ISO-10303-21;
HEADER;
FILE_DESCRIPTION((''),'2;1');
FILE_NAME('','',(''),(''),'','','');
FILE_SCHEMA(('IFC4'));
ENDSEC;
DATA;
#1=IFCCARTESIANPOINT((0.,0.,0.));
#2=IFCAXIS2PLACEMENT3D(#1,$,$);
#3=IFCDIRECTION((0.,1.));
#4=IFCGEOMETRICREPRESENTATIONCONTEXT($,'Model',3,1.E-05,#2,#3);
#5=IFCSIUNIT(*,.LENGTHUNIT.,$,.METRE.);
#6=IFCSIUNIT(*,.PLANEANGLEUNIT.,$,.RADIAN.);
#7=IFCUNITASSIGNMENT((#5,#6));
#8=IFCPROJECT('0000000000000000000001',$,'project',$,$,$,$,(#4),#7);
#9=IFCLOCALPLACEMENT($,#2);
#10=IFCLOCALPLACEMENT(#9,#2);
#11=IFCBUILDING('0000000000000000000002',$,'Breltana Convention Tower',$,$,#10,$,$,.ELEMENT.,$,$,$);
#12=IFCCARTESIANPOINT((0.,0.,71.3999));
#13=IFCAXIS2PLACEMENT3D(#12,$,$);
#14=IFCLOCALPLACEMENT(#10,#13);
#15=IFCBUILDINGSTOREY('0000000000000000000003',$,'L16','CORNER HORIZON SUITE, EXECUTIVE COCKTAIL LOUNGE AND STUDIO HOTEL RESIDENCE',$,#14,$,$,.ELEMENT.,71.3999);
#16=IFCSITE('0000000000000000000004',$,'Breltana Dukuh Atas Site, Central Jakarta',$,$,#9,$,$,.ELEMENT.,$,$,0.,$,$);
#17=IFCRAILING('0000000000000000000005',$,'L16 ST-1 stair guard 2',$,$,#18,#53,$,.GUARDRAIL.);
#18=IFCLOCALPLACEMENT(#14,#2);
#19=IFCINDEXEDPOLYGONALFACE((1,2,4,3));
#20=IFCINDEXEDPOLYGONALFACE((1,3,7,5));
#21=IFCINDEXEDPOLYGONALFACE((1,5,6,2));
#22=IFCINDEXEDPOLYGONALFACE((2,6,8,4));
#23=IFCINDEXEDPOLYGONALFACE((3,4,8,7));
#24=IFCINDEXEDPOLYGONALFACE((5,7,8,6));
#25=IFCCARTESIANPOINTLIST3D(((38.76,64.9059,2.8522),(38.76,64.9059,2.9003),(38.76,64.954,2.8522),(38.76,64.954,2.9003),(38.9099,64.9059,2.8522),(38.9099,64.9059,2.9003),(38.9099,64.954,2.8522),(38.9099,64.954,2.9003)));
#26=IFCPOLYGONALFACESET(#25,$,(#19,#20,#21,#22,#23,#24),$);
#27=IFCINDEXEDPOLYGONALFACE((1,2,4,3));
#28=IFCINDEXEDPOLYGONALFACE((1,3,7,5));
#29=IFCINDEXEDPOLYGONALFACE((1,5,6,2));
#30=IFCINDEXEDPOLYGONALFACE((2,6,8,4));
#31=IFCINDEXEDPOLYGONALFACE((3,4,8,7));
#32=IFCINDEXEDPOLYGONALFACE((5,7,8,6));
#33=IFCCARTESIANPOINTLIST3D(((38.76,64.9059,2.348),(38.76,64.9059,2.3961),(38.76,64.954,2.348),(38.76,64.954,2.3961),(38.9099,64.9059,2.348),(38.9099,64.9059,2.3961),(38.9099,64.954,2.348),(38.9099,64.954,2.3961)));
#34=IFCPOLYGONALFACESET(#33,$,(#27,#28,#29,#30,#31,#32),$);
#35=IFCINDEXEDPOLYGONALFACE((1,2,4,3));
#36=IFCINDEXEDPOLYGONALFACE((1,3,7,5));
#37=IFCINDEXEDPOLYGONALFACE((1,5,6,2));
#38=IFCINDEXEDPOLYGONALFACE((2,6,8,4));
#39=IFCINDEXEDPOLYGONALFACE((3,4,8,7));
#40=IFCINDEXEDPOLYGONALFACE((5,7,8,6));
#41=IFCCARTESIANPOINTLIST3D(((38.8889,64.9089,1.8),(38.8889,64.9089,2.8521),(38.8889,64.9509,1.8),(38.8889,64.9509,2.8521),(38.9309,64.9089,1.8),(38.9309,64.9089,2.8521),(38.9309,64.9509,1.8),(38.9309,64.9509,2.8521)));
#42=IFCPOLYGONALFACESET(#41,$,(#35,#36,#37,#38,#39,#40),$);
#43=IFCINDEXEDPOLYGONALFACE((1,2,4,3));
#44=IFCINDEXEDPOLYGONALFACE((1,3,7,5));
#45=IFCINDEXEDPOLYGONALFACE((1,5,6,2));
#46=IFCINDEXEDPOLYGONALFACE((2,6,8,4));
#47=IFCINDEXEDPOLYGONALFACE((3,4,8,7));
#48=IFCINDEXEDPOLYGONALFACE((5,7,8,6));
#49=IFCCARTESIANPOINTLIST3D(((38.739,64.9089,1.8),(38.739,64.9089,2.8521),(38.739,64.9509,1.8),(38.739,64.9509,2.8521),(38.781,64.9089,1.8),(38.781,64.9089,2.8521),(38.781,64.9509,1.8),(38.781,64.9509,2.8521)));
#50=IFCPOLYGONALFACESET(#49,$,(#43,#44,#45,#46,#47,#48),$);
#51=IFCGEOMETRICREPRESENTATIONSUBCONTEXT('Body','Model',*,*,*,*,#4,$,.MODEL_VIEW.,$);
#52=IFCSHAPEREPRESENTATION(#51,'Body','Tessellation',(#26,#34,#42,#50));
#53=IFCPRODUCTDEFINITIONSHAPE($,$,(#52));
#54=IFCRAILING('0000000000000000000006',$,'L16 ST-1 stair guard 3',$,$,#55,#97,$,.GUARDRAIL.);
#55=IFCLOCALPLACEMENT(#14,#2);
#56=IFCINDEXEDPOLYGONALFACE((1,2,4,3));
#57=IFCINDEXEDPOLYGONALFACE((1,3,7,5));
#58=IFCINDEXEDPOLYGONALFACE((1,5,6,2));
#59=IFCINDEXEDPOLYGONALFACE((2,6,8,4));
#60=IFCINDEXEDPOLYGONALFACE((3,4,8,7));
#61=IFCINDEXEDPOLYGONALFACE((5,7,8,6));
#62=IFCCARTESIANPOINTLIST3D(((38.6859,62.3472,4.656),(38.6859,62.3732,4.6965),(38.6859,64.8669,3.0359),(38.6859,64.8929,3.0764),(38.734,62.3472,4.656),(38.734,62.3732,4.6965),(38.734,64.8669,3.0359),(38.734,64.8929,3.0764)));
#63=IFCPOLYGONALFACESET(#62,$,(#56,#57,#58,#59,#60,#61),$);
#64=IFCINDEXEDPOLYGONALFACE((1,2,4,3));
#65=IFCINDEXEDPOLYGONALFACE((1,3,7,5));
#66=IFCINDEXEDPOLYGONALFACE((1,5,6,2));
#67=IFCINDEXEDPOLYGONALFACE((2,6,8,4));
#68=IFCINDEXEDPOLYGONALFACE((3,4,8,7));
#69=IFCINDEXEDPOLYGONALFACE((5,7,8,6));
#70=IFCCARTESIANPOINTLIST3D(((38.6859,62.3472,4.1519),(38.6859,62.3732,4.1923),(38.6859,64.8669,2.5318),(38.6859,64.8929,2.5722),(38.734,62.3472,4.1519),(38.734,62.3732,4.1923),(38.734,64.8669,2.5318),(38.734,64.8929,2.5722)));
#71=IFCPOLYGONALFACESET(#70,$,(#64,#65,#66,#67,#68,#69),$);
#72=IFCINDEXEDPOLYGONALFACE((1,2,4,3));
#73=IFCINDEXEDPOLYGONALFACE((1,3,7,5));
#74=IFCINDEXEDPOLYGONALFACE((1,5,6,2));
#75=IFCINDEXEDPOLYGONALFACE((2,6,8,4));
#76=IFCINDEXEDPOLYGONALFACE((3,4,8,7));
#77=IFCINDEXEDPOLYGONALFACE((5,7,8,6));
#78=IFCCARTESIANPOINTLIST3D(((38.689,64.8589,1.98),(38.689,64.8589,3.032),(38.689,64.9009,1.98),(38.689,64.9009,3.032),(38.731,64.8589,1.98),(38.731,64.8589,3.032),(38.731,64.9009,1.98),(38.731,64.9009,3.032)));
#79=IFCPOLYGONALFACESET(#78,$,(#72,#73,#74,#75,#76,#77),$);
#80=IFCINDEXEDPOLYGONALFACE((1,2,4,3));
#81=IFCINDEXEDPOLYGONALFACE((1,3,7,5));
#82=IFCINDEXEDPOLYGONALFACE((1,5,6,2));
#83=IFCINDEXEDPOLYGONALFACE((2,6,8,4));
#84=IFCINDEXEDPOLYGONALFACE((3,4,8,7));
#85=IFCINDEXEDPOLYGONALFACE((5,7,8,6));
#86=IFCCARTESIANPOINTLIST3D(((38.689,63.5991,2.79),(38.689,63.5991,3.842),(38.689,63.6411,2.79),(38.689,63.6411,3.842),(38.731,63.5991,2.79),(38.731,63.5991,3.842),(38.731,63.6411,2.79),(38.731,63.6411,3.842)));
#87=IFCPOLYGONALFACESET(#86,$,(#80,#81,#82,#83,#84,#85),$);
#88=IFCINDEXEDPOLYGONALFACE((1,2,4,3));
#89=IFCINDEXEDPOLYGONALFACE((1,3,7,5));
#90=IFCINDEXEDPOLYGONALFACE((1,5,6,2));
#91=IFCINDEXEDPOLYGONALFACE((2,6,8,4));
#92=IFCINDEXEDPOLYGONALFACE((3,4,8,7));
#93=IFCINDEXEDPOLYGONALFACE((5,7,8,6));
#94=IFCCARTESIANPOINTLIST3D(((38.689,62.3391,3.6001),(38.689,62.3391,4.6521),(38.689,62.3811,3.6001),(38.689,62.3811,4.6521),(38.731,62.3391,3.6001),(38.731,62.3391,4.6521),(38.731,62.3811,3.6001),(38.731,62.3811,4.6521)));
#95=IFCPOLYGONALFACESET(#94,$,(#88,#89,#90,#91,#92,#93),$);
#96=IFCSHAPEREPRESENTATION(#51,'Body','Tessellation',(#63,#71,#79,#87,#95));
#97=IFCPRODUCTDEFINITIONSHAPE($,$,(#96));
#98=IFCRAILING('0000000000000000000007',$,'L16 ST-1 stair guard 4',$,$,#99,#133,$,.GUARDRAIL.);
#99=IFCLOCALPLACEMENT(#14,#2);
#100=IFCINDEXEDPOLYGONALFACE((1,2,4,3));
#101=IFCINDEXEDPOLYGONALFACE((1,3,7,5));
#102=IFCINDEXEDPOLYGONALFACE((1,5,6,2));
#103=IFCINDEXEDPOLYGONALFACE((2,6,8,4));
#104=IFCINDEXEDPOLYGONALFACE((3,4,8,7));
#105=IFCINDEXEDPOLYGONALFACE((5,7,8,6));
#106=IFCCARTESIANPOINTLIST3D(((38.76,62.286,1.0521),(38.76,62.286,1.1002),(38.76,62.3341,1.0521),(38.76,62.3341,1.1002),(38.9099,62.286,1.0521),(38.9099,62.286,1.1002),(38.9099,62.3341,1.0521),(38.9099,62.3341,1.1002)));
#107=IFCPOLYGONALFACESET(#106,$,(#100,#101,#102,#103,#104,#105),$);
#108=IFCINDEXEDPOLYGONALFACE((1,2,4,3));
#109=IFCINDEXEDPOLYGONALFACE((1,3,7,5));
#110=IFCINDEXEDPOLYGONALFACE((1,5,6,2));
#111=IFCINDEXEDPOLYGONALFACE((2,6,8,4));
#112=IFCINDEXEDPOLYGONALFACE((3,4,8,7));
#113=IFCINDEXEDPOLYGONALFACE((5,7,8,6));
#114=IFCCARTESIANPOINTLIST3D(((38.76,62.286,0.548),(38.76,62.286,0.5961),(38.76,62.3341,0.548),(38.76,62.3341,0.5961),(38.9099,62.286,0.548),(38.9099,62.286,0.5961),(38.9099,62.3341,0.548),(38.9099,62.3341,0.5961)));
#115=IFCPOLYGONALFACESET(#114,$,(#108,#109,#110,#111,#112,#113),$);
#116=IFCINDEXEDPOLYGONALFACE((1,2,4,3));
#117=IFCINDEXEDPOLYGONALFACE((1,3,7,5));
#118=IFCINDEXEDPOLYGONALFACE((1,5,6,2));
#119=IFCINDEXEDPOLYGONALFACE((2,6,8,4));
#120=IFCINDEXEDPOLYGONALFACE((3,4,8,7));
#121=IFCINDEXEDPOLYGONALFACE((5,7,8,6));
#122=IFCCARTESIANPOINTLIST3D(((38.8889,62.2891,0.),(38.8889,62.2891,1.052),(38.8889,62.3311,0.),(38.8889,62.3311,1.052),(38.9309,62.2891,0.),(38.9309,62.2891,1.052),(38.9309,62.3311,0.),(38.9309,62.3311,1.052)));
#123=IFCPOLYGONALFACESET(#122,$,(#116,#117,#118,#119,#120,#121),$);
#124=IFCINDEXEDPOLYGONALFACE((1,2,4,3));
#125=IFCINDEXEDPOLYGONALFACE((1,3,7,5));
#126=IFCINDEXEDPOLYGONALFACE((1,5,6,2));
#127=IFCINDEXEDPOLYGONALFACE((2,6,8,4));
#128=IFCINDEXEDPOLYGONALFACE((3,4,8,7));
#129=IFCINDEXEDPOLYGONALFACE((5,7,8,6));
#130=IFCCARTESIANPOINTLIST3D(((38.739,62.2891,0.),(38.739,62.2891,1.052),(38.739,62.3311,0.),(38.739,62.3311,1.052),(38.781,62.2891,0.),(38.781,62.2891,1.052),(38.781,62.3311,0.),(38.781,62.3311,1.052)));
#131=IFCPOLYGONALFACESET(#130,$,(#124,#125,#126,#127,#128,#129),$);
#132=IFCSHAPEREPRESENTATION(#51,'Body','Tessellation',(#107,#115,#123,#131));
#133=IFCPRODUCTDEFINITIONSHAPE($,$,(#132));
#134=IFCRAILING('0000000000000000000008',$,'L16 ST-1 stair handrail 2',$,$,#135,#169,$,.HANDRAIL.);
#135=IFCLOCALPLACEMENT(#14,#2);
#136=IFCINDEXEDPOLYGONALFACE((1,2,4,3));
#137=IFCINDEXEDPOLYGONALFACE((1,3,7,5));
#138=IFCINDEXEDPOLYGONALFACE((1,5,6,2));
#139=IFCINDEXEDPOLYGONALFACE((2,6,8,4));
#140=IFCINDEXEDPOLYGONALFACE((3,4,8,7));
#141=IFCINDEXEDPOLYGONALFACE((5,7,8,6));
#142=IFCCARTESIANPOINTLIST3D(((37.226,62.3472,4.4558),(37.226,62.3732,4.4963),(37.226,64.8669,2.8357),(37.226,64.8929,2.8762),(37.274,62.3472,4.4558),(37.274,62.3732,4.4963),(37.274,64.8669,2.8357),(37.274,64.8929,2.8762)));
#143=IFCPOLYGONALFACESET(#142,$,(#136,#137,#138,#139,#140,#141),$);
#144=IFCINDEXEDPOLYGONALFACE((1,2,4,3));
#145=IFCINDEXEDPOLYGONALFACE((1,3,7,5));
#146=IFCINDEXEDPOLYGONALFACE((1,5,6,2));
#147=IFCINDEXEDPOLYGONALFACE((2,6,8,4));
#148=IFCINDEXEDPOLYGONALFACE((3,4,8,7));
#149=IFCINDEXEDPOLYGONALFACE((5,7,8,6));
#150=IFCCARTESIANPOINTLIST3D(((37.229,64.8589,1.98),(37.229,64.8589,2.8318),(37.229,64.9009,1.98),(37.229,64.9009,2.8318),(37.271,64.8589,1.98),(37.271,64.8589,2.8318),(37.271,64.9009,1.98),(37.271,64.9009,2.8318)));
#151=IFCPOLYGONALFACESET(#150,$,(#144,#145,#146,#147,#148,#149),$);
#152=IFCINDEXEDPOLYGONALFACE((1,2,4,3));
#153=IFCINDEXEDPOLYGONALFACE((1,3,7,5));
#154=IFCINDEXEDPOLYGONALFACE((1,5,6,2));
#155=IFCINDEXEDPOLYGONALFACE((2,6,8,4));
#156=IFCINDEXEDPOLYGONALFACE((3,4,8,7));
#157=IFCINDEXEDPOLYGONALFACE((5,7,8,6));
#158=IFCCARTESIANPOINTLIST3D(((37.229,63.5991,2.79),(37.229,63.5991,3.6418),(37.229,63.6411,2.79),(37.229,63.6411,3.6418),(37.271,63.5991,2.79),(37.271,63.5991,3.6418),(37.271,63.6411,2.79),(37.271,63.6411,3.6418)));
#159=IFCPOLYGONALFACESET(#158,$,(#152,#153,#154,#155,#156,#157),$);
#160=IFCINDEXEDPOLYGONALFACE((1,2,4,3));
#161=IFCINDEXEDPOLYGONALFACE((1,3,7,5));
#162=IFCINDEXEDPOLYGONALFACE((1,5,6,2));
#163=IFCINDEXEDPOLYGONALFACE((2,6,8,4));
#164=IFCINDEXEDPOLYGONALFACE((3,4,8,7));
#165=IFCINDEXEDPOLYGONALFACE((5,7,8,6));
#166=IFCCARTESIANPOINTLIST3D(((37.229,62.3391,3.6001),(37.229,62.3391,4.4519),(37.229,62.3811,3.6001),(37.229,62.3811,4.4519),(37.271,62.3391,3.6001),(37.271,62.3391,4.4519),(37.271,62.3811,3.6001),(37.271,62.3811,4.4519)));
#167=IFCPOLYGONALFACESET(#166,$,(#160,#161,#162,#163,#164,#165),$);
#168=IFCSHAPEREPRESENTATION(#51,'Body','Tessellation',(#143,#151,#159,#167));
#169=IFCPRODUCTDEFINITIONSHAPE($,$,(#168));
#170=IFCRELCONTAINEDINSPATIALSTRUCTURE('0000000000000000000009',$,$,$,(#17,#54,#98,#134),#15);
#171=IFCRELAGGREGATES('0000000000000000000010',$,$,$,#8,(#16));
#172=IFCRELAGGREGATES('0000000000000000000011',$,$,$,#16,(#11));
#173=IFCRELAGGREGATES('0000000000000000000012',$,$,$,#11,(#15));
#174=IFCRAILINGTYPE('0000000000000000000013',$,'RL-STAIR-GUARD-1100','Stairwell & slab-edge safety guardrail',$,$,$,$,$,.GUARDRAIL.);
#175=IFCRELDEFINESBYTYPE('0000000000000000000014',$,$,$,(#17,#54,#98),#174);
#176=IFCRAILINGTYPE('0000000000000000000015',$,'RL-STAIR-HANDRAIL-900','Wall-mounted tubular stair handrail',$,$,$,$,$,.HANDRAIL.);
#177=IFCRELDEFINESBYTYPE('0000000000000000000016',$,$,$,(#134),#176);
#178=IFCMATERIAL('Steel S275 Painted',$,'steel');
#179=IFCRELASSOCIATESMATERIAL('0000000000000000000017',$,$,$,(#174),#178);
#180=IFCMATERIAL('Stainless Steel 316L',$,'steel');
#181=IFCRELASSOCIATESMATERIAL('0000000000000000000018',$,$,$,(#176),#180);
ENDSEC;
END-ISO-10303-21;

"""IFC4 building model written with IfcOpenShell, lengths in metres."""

from ifc_helpers import new_model, si_unit, direction, frame, origin, origin_2d, place, context, subcontext, project, spatial, rectangle, extrude, material, type_object, element, save


model = new_model("IFC4")

# Units and contexts
model_context = context("Model", 3, precision=1e-05, world=origin(), true_north=direction((0.0, 1.0)))
body_context = subcontext(model_context, "Body", "Model", "MODEL_VIEW")
ifc_project = project(units=[si_unit("LENGTHUNIT", "METRE"), si_unit("PLANEANGLEUNIT", "RADIAN")], contexts=[model_context])

# Site, building, storey
site_placement = place(None, origin())
site = spatial("IfcSite", under=ifc_project, at=site_placement, Name="Breltana Dukuh Atas Site, Central Jakarta", CompositionType="ELEMENT", RefElevation=0.0)
building_placement = place(site_placement, origin())
building = spatial("IfcBuilding", under=site, at=building_placement, Name="Breltana Convention Tower", CompositionType="ELEMENT")
storey_placement = place(building_placement, frame((0.0, 0.0, 71.3999)))
storey = spatial("IfcBuildingStorey", under=building, at=storey_placement, Name="L16", Description="CORNER HORIZON SUITE, EXECUTIVE COCKTAIL LOUNGE AND STUDIO HOTEL RESIDENCE", CompositionType="ELEMENT", Elevation=71.3999)

# Railings
ifc_material_1 = material(Name="Steel S275 Painted", Category="steel")
railing_type_1 = type_object("IfcRailingType", Name="RL-STAIR-GUARD-1100", Description="Stairwell & slab-edge safety guardrail", PredefinedType="GUARDRAIL", material=ifc_material_1)
railing_1_placement = place(storey_placement, frame((38.9099, 64.9299, 1.8)))
element("IfcRailing", 1, at=railing_1_placement, inside=storey, type_object=railing_type_1, Name="L16 ST-1 stair guard 2", PredefinedType="GUARDRAIL", context=body_context, shape_type="SweptSolid", body=[
    extrude(rectangle(XDim=0.0481, YDim=0.0481, at=origin_2d()), frame((0.0, 0.0, 1.0762), z_axis=(-1.0, 0.0, 0.0), x_axis=(0.0, -1.0, 0.0)), (0.0, 0.0, 1.0), 0.1499),
    extrude(rectangle(XDim=0.0481, YDim=0.0481, at=origin_2d()), frame((0.0, 0.0, 0.572), z_axis=(-1.0, 0.0, 0.0), x_axis=(0.0, -1.0, 0.0)), (0.0, 0.0, 1.0), 0.1499),
    extrude(rectangle(XDim=0.042, YDim=0.042, at=origin_2d()), origin(), (0.0, 0.0, 1.0), 1.052),
    extrude(rectangle(XDim=0.042, YDim=0.042, at=origin_2d()), frame((-0.1499, 0.0, 0.0)), (0.0, 0.0, 1.0), 1.052),
])
railing_2_placement = place(storey_placement, frame((38.71, 64.8799, 1.98)))
element("IfcRailing", 2, at=railing_2_placement, inside=storey, type_object=railing_type_1, Name="L16 ST-1 stair guard 3", PredefinedType="GUARDRAIL", context=body_context, shape_type="SweptSolid", body=[
    extrude(rectangle(XDim=0.0481, YDim=0.0481, at=origin_2d()), frame((0.0, 0.0, 1.0762), z_axis=(0.0, -0.841139, 0.540819), x_axis=(1.0, 0.0, 0.0)), (0.0, 0.0, 1.0), 2.9956),
    extrude(rectangle(XDim=0.0481, YDim=0.0481, at=origin_2d()), frame((0.0, 0.0, 0.572), z_axis=(0.0, -0.841139, 0.540819), x_axis=(1.0, 0.0, 0.0)), (0.0, 0.0, 1.0), 2.9956),
    extrude(rectangle(XDim=0.042, YDim=0.042, at=origin_2d()), origin(), (0.0, 0.0, 1.0), 1.052),
    extrude(rectangle(XDim=0.042, YDim=0.042, at=origin_2d()), frame((0.0, -1.2598, 0.8101)), (0.0, 0.0, 1.0), 1.052),
    extrude(rectangle(XDim=0.042, YDim=0.042, at=origin_2d()), frame((0.0, -2.5198, 1.6201)), (0.0, 0.0, 1.0), 1.052),
])
railing_3_placement = place(storey_placement, frame((38.9099, 62.3101, 0.0)))
element("IfcRailing", 3, at=railing_3_placement, inside=storey, type_object=railing_type_1, Name="L16 ST-1 stair guard 4", PredefinedType="GUARDRAIL", context=body_context, shape_type="SweptSolid", body=[
    extrude(rectangle(XDim=0.0481, YDim=0.0481, at=origin_2d()), frame((0.0, 0.0, 1.0762), z_axis=(-1.0, 0.0, 0.0), x_axis=(0.0, -1.0, 0.0)), (0.0, 0.0, 1.0), 0.1499),
    extrude(rectangle(XDim=0.0481, YDim=0.0481, at=origin_2d()), frame((0.0, 0.0, 0.572), z_axis=(-1.0, 0.0, 0.0), x_axis=(0.0, -1.0, 0.0)), (0.0, 0.0, 1.0), 0.1499),
    extrude(rectangle(XDim=0.042, YDim=0.042, at=origin_2d()), origin(), (0.0, 0.0, 1.0), 1.052),
    extrude(rectangle(XDim=0.042, YDim=0.042, at=origin_2d()), frame((-0.1499, 0.0, 0.0)), (0.0, 0.0, 1.0), 1.052),
])
ifc_material_2 = material(Name="Stainless Steel 316L", Category="steel")
railing_type_2 = type_object("IfcRailingType", Name="RL-STAIR-HANDRAIL-900", Description="Wall-mounted tubular stair handrail", PredefinedType="HANDRAIL", material=ifc_material_2)
railing_4_placement = place(storey_placement, frame((37.25, 64.8799, 1.98)))
element("IfcRailing", 4, at=railing_4_placement, inside=storey, type_object=railing_type_2, Name="L16 ST-1 stair handrail 2", PredefinedType="HANDRAIL", context=body_context, shape_type="SweptSolid", body=[
    extrude(rectangle(XDim=0.0481, YDim=0.0481, at=origin_2d()), frame((0.0, 0.0, 0.876), z_axis=(0.0, -0.841139, 0.540819), x_axis=(1.0, 0.0, 0.0)), (0.0, 0.0, 1.0), 2.9956),
    extrude(rectangle(XDim=0.042, YDim=0.042, at=origin_2d()), origin(), (0.0, 0.0, 1.0), 0.8518),
    extrude(rectangle(XDim=0.042, YDim=0.042, at=origin_2d()), frame((0.0, -1.2598, 0.8101)), (0.0, 0.0, 1.0), 0.8518),
    extrude(rectangle(XDim=0.042, YDim=0.042, at=origin_2d()), frame((0.0, -2.5198, 1.6201)), (0.0, 0.0, 1.0), 0.8518),
])

save(model, "model.ifc")
